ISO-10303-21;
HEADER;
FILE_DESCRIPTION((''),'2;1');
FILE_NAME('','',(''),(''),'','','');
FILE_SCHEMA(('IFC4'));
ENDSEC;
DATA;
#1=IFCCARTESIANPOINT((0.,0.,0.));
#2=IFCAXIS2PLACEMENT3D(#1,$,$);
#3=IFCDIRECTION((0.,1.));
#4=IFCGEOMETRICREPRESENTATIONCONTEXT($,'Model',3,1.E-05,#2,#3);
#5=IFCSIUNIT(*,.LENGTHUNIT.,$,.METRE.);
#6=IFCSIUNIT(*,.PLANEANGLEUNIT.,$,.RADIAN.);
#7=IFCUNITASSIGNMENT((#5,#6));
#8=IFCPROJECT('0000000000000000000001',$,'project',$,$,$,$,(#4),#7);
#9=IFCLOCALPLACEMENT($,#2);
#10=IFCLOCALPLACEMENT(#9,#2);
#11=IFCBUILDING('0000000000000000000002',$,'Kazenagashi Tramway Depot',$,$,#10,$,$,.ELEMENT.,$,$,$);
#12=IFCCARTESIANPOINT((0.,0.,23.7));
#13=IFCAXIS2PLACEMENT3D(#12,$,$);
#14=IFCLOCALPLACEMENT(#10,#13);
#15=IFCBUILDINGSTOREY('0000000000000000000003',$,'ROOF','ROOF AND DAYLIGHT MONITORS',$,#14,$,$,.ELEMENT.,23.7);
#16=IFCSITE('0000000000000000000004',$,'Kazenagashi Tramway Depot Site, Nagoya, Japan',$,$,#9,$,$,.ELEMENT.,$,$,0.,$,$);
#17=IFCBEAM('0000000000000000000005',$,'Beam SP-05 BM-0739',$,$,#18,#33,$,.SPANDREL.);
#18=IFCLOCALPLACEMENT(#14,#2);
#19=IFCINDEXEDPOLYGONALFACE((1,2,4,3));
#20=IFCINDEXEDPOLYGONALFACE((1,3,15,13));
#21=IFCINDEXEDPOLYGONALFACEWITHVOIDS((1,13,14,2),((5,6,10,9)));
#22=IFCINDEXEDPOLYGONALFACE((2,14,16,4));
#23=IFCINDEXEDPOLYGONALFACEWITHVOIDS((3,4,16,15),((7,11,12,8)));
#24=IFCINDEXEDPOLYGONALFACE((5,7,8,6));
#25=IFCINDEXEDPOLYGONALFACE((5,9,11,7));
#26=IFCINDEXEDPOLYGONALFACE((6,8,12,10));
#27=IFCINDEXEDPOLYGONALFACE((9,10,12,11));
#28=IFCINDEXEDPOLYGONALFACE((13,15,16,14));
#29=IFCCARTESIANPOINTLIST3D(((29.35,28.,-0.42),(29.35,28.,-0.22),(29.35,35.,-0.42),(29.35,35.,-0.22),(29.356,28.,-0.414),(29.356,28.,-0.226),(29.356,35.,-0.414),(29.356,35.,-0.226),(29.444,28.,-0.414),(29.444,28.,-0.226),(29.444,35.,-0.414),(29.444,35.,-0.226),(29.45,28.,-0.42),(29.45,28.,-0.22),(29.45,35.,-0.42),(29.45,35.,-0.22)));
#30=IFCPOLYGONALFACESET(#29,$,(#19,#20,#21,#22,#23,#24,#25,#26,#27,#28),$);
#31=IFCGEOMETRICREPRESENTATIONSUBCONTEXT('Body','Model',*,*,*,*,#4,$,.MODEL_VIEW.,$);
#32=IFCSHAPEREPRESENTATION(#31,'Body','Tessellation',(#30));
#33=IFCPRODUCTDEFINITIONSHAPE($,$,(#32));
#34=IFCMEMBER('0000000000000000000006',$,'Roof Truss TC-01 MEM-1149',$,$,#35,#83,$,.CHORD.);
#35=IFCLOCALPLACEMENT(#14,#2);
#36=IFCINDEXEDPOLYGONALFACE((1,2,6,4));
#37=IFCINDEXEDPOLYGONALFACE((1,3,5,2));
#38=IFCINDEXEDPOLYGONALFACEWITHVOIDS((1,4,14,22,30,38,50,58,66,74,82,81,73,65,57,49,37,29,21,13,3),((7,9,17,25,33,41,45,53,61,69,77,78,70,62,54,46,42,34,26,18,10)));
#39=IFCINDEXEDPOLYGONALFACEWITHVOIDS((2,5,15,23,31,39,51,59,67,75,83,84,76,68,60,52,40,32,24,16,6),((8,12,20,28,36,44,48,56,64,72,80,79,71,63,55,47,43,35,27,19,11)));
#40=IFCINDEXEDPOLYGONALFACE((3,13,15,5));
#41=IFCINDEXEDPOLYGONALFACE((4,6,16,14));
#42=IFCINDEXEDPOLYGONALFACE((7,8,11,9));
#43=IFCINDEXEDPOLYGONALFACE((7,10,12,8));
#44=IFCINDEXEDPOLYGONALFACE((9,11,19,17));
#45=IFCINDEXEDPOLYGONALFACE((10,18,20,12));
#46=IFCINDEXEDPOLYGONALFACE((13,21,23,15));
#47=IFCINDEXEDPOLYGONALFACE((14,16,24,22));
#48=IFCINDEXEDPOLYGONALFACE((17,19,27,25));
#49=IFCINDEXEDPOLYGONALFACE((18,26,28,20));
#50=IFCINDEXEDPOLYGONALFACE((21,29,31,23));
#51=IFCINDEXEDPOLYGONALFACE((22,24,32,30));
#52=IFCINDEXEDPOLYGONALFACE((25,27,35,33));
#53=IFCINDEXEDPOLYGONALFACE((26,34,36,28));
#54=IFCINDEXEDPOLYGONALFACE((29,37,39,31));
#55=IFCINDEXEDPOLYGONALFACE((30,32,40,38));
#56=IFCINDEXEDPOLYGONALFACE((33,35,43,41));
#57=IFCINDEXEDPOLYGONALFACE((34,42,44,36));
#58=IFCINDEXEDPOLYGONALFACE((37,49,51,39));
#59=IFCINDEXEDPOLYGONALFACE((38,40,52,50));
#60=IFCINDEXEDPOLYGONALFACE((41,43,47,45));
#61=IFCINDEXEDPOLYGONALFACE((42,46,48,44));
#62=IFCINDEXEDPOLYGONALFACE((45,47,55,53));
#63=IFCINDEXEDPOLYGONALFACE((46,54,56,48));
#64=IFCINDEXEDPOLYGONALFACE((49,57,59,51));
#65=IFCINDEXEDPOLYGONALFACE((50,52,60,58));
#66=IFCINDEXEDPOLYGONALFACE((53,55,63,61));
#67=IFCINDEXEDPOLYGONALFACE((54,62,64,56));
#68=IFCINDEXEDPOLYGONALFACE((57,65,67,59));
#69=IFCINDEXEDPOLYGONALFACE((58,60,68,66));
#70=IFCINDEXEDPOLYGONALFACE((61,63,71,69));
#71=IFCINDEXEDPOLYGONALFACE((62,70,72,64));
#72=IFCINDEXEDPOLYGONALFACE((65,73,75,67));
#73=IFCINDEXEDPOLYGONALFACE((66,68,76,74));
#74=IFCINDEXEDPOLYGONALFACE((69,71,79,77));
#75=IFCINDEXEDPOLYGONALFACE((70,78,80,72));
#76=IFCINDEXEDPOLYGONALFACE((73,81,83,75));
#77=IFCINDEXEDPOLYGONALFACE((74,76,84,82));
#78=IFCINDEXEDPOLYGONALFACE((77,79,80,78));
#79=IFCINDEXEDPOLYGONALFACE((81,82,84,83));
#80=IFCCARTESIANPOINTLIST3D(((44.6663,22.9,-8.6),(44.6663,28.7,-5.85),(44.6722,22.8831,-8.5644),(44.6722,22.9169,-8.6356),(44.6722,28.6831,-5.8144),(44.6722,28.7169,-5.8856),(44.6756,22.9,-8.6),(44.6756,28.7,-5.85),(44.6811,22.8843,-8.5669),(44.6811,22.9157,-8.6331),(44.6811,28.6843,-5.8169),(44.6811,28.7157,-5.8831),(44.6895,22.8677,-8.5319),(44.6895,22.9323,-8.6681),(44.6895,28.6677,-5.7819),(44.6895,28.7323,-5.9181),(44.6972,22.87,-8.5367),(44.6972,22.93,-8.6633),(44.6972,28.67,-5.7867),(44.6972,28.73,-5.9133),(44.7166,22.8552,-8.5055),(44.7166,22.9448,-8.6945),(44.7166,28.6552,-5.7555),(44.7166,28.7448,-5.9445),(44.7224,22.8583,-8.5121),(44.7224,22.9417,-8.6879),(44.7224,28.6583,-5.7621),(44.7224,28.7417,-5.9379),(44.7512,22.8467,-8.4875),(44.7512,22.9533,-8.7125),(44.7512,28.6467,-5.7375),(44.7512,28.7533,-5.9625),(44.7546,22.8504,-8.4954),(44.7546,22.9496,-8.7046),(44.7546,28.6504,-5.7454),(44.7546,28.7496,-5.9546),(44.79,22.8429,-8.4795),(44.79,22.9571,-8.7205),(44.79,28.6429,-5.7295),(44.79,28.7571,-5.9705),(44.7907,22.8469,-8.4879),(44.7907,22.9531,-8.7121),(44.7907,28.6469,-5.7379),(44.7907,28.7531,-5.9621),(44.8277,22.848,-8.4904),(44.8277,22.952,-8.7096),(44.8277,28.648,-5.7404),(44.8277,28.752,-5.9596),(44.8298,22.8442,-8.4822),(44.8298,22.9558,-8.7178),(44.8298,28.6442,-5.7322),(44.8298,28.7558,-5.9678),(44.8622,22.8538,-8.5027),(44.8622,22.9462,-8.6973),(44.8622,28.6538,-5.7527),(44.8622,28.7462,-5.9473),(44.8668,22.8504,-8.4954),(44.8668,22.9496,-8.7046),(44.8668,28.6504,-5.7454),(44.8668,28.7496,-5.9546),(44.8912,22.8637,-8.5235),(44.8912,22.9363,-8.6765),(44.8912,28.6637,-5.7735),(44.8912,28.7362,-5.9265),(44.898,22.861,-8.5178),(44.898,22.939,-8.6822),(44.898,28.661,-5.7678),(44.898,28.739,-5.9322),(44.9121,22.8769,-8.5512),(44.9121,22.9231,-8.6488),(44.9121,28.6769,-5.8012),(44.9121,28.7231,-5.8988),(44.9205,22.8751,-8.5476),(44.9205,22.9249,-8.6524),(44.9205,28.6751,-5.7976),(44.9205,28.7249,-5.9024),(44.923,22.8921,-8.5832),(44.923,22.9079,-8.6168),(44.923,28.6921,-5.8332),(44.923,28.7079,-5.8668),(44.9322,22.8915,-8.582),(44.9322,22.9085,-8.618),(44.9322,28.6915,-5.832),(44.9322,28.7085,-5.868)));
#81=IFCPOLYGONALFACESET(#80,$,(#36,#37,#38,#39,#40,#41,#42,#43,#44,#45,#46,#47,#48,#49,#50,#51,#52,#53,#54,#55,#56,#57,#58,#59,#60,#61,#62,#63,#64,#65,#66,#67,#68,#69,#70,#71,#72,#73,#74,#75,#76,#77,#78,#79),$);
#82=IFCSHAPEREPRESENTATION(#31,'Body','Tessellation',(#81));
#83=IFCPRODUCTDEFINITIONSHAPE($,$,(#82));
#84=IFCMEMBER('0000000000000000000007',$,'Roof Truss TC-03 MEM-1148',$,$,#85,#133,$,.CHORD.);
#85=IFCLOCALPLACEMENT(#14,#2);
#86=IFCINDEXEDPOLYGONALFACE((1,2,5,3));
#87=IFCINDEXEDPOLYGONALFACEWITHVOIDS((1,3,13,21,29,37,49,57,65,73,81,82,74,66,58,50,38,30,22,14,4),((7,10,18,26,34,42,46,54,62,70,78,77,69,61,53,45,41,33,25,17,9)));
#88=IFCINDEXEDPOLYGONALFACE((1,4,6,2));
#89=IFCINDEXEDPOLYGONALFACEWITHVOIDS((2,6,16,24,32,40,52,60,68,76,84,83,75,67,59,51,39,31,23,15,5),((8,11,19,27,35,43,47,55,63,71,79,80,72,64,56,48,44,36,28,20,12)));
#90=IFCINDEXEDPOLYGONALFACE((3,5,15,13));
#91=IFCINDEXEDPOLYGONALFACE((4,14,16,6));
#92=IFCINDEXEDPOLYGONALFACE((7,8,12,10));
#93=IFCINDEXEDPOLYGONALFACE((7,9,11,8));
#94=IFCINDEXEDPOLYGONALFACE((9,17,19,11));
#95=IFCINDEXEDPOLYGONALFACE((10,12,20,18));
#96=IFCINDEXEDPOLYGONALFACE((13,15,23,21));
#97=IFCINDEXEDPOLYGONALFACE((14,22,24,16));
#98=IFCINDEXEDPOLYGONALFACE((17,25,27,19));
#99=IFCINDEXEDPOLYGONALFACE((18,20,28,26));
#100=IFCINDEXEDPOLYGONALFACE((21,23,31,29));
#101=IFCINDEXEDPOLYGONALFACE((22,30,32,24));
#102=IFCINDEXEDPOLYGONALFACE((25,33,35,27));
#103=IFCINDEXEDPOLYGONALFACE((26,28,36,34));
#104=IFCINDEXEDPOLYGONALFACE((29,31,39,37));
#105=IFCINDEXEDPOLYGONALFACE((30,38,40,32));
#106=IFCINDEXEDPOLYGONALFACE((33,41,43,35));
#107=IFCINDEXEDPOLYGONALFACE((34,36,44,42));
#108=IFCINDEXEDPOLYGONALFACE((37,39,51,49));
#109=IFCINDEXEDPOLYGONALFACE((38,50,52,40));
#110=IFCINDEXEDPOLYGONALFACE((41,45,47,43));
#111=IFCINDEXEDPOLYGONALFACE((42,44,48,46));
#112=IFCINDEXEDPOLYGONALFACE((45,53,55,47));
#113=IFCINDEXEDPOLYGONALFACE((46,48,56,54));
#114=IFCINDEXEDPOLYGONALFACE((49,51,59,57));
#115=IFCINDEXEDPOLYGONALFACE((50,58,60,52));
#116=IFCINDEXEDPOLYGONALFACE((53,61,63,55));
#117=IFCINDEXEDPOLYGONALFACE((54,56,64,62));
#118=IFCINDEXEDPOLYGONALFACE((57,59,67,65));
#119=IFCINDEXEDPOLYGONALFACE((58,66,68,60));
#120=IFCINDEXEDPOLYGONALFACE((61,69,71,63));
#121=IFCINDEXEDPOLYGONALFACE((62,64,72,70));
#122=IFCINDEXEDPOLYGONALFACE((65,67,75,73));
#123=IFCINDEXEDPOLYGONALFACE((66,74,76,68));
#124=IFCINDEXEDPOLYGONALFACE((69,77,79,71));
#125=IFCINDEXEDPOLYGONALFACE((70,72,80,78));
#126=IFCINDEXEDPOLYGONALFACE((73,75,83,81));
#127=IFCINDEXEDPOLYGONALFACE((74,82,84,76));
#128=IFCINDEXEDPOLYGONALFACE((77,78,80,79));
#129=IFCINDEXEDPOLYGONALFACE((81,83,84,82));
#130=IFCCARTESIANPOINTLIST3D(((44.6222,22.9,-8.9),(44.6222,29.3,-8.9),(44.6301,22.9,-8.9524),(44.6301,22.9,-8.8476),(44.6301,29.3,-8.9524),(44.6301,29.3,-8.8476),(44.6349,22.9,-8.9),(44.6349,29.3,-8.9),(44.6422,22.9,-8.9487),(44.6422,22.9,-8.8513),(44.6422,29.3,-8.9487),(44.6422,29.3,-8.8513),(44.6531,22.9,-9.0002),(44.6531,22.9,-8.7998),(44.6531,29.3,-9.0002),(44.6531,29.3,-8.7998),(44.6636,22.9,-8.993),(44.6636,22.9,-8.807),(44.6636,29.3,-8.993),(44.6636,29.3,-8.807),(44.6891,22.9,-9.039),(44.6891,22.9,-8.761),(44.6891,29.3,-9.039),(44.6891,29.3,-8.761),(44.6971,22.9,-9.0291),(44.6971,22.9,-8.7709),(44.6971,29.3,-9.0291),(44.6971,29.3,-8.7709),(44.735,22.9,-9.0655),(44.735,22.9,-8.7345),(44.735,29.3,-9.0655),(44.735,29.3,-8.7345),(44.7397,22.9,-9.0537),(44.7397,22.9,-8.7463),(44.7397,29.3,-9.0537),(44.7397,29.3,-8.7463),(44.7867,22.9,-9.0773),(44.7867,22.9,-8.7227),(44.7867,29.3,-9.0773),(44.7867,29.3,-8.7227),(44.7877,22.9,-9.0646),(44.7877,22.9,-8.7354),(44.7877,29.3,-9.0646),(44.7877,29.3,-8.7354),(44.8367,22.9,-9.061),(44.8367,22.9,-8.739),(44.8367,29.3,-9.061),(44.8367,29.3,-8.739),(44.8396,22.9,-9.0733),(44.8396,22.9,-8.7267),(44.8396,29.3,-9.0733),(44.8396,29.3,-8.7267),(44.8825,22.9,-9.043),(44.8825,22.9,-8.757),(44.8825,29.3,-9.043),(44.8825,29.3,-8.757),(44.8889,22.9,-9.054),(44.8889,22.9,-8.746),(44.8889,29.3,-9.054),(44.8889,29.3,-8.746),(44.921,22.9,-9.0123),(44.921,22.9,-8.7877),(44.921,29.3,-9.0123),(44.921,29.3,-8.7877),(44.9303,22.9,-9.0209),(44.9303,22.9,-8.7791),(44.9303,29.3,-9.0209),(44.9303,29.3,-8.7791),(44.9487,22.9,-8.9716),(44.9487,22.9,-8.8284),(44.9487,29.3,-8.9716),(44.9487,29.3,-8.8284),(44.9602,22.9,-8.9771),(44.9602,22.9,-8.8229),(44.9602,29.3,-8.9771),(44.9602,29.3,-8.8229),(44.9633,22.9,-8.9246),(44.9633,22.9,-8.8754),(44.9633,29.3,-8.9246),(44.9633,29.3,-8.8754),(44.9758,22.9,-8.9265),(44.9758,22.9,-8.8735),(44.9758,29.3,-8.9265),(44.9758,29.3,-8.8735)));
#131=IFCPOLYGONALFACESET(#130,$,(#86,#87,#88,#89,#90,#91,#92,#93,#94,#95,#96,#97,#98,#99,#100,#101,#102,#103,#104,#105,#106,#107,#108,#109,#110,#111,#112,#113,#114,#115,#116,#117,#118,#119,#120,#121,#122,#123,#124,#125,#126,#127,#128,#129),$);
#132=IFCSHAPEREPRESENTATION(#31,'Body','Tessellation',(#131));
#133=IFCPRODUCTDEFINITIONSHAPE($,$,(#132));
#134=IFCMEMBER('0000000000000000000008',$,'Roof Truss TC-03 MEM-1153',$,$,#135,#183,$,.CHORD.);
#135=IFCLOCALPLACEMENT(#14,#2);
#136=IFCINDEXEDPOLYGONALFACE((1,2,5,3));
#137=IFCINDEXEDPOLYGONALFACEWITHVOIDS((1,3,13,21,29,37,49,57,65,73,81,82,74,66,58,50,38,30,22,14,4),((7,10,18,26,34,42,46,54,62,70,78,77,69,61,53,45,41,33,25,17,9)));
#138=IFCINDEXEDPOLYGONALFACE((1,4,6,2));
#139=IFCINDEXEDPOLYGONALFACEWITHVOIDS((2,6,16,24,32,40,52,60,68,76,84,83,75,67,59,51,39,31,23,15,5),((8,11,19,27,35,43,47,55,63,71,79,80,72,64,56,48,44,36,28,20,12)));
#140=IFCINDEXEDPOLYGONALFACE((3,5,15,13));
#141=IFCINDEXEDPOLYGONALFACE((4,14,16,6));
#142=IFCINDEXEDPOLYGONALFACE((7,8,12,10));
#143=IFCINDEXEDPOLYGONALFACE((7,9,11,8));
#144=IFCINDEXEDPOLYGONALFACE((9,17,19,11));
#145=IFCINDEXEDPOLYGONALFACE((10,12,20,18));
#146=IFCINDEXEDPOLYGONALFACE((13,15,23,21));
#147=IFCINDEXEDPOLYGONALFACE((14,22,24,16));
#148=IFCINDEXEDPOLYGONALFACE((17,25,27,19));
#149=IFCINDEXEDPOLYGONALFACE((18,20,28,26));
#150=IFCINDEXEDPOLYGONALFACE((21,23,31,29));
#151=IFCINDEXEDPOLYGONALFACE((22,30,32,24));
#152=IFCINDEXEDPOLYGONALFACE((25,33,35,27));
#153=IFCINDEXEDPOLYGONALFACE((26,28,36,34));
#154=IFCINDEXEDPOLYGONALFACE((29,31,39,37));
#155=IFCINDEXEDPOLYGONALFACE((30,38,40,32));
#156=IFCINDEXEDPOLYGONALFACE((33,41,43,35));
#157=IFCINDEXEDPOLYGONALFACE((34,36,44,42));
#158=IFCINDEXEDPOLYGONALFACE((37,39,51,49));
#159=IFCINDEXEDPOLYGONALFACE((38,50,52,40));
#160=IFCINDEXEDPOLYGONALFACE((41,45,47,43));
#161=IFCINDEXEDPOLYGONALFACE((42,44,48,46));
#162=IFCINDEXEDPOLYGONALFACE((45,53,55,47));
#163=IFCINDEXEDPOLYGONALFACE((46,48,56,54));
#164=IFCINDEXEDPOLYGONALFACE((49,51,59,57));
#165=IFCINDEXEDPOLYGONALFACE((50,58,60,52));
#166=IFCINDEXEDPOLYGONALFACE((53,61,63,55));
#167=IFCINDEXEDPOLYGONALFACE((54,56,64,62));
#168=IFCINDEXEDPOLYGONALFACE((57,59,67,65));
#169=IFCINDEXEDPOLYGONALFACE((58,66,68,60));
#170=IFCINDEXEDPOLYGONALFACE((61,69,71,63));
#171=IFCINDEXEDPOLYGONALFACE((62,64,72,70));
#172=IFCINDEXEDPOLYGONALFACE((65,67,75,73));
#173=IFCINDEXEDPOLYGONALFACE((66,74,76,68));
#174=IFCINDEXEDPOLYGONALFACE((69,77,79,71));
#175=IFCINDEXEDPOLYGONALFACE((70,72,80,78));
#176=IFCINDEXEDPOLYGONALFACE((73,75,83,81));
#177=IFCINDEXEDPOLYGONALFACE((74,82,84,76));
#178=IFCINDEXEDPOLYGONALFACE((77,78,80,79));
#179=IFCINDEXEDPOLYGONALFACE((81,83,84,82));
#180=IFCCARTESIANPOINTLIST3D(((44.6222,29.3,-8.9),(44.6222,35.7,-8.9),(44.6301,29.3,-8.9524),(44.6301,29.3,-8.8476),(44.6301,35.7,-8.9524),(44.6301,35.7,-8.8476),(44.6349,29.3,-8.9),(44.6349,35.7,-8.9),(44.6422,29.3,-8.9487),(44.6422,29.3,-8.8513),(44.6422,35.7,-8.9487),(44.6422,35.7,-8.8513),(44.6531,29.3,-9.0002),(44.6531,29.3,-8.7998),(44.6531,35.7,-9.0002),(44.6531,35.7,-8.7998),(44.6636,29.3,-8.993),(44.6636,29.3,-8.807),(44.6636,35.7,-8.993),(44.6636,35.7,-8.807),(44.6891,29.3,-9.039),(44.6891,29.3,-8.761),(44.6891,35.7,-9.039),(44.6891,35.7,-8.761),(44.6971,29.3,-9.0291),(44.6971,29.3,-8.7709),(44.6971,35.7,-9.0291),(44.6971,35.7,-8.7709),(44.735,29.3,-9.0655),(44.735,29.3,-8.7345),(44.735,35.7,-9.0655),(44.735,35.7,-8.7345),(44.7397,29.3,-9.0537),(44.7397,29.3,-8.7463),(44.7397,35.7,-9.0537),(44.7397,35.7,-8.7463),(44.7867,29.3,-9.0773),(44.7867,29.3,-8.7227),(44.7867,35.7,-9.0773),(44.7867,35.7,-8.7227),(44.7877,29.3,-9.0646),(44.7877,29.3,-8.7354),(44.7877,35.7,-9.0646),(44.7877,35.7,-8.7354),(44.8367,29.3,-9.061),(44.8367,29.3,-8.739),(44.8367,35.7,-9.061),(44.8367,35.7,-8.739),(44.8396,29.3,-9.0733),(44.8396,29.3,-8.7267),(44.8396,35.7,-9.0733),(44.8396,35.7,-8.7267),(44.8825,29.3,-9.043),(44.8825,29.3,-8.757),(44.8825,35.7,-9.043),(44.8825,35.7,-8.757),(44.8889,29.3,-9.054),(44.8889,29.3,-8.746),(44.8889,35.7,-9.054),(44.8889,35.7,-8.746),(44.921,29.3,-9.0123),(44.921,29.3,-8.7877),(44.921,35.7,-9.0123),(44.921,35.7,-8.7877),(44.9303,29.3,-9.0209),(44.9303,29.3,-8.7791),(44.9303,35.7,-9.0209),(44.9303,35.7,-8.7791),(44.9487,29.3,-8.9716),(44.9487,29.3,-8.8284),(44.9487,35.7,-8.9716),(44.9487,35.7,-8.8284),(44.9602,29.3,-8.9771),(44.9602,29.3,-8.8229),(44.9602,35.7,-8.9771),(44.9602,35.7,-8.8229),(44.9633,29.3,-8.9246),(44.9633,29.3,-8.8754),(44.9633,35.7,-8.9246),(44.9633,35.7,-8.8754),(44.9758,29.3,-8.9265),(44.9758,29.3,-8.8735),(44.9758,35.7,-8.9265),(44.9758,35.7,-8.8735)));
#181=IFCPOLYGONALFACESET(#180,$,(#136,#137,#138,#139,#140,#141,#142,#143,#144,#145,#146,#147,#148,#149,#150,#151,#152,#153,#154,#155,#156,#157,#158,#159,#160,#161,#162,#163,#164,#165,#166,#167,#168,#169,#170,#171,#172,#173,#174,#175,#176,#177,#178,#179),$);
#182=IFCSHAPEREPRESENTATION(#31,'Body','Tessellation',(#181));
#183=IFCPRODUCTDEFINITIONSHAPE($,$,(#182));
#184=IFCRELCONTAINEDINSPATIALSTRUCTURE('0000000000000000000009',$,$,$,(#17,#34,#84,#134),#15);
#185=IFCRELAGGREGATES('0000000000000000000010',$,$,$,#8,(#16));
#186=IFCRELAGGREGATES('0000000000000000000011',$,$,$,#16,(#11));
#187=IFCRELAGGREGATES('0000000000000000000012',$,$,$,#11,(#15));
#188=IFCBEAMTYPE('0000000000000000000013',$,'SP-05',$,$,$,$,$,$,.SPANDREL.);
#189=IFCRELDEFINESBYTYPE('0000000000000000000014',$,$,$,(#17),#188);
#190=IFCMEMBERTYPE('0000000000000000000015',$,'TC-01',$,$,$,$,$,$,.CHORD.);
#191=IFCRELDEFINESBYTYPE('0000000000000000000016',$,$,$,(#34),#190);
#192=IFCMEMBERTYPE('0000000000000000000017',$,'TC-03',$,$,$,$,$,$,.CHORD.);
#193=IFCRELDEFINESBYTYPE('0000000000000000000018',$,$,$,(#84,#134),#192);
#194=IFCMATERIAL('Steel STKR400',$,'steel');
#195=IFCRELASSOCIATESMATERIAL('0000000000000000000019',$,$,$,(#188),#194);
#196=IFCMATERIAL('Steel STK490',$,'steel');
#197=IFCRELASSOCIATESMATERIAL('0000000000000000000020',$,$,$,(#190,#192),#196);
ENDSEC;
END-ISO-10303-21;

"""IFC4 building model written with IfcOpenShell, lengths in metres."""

from ifc_helpers import new_model, si_unit, direction, frame, origin, origin_2d, place, context, subcontext, project, spatial, hollow_rectangle, hollow_circle, extrude, material, material_profile, profile_set, type_object, element, save


model = new_model("IFC4")

# Units and contexts
model_context = context("Model", 3, precision=1e-05, world=origin(), true_north=direction((0.0, 1.0)))
body_context = subcontext(model_context, "Body", "Model", "MODEL_VIEW")
ifc_project = project(units=[si_unit("LENGTHUNIT", "METRE"), si_unit("PLANEANGLEUNIT", "RADIAN")], contexts=[model_context])

# Site, building, storey
site_placement = place(None, origin())
site = spatial("IfcSite", under=ifc_project, at=site_placement, Name="Kazenagashi Tramway Depot Site, Nagoya, Japan", CompositionType="ELEMENT", RefElevation=0.0)
building_placement = place(site_placement, origin())
building = spatial("IfcBuilding", under=site, at=building_placement, Name="Kazenagashi Tramway Depot", CompositionType="ELEMENT")
storey_placement = place(building_placement, frame((0.0, 0.0, 23.7)))
storey = spatial("IfcBuildingStorey", under=building, at=storey_placement, Name="ROOF", Description="ROOF AND DAYLIGHT MONITORS", CompositionType="ELEMENT", Elevation=23.7)

# Shared definitions
ifc_material_1 = material(Name="Steel STKR400", Category="steel")

# Beam
ifc_material_profile_1 = material_profile(ifc_material_1, hollow_rectangle(XDim=0.1, YDim=0.2, WallThickness=0.006, at=origin_2d()), Name="RHS-200x100x6")
ifc_profile_set_1 = profile_set([ifc_material_profile_1], Name="Steel STKR400")
beam_type_1 = type_object("IfcBeamType", Name="SP-05", PredefinedType="SPANDREL", material=ifc_profile_set_1)
for number, where, z_axis, x_axis, name in (
    (1, (29.4, 28.0, -0.32), (0.0, 1.0, 0.0), (-1.0, 0.0, 0.0), "Beam SP-05 BM-0739"),
):
    element("IfcBeam", number, at=place(storey_placement, frame(where, z_axis=z_axis, x_axis=x_axis)), inside=storey, type_object=beam_type_1, Name=name, PredefinedType="SPANDREL", context=body_context, shape_type="SweptSolid", body=[
        extrude(hollow_rectangle(XDim=0.1, YDim=0.2, WallThickness=0.006, at=origin_2d()), origin(), (0.0, 0.0, 1.0), 7.0),
    ])

# Members
ifc_material_2 = material(Name="Steel STK490", Category="steel")
ifc_material_profile_2 = material_profile(ifc_material_2, hollow_circle(Radius=0.1337, WallThickness=0.0093, at=origin_2d()), Name="CHS-267.4x9.3")
ifc_profile_set_2 = profile_set([ifc_material_profile_2], Name="Steel STK490")
member_type_1 = type_object("IfcMemberType", Name="TC-01", PredefinedType="CHORD", material=ifc_profile_set_2)
member_1_placement = place(storey_placement, frame((44.8, 22.9, -8.6), z_axis=(0.0, 0.903579, 0.428421), x_axis=(-1.0, 0.0, 0.0)))
element("IfcMember", 2, at=member_1_placement, inside=storey, type_object=member_type_1, Name="Roof Truss TC-01 MEM-1149", PredefinedType="CHORD", context=body_context, shape_type="SweptSolid", body=[
    extrude(hollow_circle(Radius=0.1337, WallThickness=0.0093, at=origin_2d()), origin(), (0.0, 0.0, 1.0), 6.4189),
])
ifc_material_profile_3 = material_profile(ifc_material_2, hollow_circle(Radius=0.1778, WallThickness=0.0127, at=origin_2d()), Name="CHS-355.6x12.7")
ifc_profile_set_3 = profile_set([ifc_material_profile_3], Name="Steel STK490")
member_type_2 = type_object("IfcMemberType", Name="TC-03", PredefinedType="CHORD", material=ifc_profile_set_3)
for number, where, z_axis, x_axis, name in (
    (3, (44.8, 22.9, -8.9), (0.0, 1.0, 0.0), (-1.0, 0.0, 0.0), "Roof Truss TC-03 MEM-1148"),
    (4, (44.8, 29.3, -8.9), (0.0, 1.0, 0.0), (-1.0, 0.0, 0.0), "Roof Truss TC-03 MEM-1153"),
):
    element("IfcMember", number, at=place(storey_placement, frame(where, z_axis=z_axis, x_axis=x_axis)), inside=storey, type_object=member_type_2, Name=name, PredefinedType="CHORD", context=body_context, shape_type="SweptSolid", body=[
        extrude(hollow_circle(Radius=0.1778, WallThickness=0.0127, at=origin_2d()), origin(), (0.0, 0.0, 1.0), 6.4),
    ])

save(model, "model.ifc")
